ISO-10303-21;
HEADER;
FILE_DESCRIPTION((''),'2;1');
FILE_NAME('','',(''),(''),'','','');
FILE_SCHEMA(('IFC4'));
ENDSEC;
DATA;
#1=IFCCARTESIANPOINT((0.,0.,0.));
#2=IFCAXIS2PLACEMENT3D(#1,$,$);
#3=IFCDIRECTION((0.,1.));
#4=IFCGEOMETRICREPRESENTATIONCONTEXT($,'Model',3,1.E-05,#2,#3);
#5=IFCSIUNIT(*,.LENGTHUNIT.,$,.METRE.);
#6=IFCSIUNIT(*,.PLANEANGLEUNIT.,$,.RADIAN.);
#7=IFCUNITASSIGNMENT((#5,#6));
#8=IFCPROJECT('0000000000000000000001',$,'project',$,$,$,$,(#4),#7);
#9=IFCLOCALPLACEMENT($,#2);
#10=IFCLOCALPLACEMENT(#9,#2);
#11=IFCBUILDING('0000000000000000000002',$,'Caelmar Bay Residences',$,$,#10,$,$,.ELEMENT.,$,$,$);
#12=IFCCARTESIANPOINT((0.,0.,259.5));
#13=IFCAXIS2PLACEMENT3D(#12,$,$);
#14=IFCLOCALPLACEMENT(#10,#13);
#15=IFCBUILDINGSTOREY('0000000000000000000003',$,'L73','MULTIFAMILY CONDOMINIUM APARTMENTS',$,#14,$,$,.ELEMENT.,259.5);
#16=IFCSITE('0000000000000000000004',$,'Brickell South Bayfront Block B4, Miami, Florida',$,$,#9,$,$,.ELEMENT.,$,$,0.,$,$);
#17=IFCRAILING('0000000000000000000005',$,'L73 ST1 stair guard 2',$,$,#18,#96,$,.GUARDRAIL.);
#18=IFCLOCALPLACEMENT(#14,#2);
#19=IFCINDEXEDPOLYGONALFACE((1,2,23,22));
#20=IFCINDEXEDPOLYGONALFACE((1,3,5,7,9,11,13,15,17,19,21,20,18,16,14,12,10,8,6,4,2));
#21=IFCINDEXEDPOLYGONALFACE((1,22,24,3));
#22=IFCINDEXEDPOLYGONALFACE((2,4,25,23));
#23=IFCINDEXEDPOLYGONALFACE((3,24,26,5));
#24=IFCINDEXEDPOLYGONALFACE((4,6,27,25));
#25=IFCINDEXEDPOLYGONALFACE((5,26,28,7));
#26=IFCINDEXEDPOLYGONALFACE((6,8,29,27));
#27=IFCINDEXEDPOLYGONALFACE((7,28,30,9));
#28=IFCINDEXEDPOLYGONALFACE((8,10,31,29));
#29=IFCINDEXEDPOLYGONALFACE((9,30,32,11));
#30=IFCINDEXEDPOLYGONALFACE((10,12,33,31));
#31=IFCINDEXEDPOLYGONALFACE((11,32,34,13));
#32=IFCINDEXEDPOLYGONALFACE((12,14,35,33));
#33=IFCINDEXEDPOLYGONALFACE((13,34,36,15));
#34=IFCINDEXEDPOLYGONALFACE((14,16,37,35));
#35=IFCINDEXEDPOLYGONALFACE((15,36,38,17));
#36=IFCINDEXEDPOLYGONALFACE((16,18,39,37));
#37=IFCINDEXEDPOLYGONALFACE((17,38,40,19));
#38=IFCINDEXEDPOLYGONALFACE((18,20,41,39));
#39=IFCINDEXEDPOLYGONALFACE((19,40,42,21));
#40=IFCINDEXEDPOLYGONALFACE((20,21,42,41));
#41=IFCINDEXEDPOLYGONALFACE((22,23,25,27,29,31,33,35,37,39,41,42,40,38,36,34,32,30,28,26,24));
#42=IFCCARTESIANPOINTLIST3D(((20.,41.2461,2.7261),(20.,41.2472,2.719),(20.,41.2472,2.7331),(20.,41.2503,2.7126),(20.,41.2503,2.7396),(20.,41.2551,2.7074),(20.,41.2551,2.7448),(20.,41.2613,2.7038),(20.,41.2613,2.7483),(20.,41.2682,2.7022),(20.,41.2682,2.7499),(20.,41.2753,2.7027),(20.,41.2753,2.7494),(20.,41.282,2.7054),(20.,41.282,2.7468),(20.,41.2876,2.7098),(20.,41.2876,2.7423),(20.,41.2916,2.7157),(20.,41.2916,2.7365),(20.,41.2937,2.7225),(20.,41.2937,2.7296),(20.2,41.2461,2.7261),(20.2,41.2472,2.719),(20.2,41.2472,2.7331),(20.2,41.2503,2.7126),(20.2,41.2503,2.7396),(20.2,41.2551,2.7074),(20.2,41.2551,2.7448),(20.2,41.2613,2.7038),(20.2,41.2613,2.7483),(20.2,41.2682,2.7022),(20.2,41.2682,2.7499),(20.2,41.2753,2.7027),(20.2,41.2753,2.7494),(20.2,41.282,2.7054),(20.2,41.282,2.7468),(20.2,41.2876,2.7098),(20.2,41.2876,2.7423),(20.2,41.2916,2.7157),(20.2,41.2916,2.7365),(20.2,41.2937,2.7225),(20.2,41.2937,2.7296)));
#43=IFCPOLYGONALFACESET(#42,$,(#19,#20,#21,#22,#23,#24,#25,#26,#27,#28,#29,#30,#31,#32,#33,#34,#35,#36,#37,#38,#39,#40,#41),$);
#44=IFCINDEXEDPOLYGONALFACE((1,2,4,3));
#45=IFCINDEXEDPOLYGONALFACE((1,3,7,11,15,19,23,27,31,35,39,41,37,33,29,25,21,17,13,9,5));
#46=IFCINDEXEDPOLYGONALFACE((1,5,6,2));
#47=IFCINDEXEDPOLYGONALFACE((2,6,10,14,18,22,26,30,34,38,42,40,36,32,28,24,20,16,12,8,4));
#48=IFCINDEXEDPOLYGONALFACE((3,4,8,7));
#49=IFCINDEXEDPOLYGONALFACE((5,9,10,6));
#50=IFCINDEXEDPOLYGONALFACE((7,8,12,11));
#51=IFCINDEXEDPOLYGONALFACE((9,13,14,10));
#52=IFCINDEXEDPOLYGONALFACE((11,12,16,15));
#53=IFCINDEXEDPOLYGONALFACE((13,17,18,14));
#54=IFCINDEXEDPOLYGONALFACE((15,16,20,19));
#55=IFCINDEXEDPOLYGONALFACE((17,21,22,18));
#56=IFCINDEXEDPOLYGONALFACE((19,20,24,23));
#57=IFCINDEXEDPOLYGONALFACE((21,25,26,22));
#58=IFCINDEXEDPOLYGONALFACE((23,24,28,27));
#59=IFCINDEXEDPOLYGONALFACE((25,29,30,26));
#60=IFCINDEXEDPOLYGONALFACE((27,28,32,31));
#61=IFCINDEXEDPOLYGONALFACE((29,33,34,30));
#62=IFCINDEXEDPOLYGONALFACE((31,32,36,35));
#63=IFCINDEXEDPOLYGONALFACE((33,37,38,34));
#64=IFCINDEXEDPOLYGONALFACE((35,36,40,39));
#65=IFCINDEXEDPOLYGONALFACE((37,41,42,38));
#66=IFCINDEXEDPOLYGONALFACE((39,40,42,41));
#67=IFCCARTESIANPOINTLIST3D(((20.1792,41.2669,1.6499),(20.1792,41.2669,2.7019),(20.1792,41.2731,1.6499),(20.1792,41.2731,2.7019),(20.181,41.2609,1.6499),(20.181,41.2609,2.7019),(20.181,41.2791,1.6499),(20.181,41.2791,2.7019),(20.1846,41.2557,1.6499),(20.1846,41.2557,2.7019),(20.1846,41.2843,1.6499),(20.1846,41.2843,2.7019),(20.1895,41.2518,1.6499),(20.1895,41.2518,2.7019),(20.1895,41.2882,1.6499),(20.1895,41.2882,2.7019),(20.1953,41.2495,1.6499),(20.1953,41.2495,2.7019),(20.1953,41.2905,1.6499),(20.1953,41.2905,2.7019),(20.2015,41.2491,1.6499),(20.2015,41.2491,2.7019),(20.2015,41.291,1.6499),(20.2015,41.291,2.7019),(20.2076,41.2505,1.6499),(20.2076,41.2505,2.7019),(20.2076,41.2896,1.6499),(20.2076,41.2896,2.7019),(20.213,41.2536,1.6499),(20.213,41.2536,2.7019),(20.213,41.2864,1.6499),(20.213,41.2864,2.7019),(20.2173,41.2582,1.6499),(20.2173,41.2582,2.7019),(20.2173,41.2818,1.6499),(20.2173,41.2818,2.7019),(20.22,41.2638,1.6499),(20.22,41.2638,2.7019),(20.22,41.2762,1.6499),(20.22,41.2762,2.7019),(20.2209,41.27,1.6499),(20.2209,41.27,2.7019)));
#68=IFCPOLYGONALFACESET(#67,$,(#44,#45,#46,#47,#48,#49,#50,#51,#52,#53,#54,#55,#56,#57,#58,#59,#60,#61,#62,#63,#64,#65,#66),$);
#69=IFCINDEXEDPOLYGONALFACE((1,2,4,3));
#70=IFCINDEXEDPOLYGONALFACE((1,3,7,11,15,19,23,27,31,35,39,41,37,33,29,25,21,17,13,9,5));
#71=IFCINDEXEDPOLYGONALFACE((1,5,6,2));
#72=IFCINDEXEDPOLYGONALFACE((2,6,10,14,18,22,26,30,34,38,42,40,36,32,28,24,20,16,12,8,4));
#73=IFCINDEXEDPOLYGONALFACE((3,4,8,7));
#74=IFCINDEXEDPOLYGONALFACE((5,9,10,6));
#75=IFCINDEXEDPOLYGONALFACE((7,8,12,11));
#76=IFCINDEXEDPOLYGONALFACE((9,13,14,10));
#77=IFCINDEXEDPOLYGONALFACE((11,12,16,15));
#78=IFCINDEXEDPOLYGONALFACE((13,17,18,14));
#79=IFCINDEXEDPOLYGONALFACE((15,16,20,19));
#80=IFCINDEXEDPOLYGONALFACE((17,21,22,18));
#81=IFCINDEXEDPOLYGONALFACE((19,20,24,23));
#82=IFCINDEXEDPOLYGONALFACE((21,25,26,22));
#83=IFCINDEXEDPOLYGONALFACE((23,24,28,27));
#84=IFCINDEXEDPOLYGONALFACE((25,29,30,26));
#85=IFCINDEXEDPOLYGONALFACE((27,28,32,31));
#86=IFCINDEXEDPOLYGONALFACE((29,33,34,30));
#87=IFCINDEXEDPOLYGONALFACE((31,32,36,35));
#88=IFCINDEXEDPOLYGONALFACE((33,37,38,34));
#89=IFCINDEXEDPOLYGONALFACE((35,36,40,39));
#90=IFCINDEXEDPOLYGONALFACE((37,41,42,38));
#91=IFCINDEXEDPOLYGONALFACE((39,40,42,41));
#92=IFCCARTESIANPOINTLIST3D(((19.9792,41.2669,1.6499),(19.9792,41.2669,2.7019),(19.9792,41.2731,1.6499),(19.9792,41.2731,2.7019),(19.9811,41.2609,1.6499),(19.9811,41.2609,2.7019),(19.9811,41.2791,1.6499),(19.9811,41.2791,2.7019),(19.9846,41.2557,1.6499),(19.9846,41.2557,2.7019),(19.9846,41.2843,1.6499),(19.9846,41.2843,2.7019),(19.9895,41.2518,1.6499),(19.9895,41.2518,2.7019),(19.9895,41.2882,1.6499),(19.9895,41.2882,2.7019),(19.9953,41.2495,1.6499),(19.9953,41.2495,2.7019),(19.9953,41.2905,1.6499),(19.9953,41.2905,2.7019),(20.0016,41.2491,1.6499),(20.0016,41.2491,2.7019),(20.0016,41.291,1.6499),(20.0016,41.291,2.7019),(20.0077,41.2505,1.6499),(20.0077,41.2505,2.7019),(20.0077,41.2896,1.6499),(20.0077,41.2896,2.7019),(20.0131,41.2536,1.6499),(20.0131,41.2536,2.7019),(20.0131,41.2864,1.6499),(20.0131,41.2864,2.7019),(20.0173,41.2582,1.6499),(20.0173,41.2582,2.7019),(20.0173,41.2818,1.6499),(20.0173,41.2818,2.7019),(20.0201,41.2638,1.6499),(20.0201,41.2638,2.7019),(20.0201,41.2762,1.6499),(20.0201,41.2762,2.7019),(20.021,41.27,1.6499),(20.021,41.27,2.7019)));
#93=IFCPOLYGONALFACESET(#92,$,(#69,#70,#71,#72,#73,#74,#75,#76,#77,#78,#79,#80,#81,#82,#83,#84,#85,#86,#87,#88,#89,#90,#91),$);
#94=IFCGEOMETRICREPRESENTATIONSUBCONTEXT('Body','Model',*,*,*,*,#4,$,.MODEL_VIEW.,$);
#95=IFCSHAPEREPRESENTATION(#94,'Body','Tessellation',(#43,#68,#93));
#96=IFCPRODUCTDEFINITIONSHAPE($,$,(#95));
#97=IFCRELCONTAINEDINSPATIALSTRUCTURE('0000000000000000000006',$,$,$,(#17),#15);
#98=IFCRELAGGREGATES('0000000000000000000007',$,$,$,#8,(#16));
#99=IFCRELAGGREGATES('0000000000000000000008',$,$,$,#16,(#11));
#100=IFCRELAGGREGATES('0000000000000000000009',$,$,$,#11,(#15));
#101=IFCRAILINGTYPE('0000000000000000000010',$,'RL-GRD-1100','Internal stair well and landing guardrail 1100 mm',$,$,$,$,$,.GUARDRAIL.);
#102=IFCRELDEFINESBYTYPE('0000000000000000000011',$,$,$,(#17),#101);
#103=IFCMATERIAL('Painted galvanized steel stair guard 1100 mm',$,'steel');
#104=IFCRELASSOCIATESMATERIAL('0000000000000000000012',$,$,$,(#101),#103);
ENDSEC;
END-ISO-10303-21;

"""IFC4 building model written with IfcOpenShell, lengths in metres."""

from ifc_helpers import new_model, si_unit, direction, frame, origin, origin_2d, place, context, subcontext, project, spatial, circle, extrude, material, type_object, element, save


model = new_model("IFC4")

# Units and contexts
model_context = context("Model", 3, precision=1e-05, world=origin(), true_north=direction((0.0, 1.0)))
body_context = subcontext(model_context, "Body", "Model", "MODEL_VIEW")
ifc_project = project(units=[si_unit("LENGTHUNIT", "METRE"), si_unit("PLANEANGLEUNIT", "RADIAN")], contexts=[model_context])

# Site, building, storey
site_placement = place(None, origin())
site = spatial("IfcSite", under=ifc_project, at=site_placement, Name="Brickell South Bayfront Block B4, Miami, Florida", CompositionType="ELEMENT", RefElevation=0.0)
building_placement = place(site_placement, origin())
building = spatial("IfcBuilding", under=site, at=building_placement, Name="Caelmar Bay Residences", CompositionType="ELEMENT")
storey_placement = place(building_placement, frame((0.0, 0.0, 259.5)))
storey = spatial("IfcBuildingStorey", under=building, at=storey_placement, Name="L73", Description="MULTIFAMILY CONDOMINIUM APARTMENTS", CompositionType="ELEMENT", Elevation=259.5)

# Railing
ifc_material_1 = material(Name="Painted galvanized steel stair guard 1100 mm", Category="steel")
railing_type_1 = type_object("IfcRailingType", Name="RL-GRD-1100", Description="Internal stair well and landing guardrail 1100 mm", PredefinedType="GUARDRAIL", material=ifc_material_1)
railing_1_placement = place(storey_placement, frame((20.2, 41.27, 1.6499)))
element("IfcRailing", 1, at=railing_1_placement, inside=storey, type_object=railing_type_1, Name="L73 ST1 stair guard 2", PredefinedType="GUARDRAIL", context=body_context, shape_type="SweptSolid", body=[
    extrude(circle(Radius=0.0239, at=origin_2d()), frame((0.0, 0.0, 1.0762), z_axis=(-1.0, 0.0, 0.0), x_axis=(0.0, -1.0, 0.0)), (0.0, 0.0, 1.0), 0.2),
    extrude(circle(Radius=0.021, at=origin_2d()), origin(), (0.0, 0.0, 1.0), 1.052),
    extrude(circle(Radius=0.021, at=origin_2d()), frame((-0.2, 0.0, 0.0)), (0.0, 0.0, 1.0), 1.052),
])

save(model, "model.ifc")
